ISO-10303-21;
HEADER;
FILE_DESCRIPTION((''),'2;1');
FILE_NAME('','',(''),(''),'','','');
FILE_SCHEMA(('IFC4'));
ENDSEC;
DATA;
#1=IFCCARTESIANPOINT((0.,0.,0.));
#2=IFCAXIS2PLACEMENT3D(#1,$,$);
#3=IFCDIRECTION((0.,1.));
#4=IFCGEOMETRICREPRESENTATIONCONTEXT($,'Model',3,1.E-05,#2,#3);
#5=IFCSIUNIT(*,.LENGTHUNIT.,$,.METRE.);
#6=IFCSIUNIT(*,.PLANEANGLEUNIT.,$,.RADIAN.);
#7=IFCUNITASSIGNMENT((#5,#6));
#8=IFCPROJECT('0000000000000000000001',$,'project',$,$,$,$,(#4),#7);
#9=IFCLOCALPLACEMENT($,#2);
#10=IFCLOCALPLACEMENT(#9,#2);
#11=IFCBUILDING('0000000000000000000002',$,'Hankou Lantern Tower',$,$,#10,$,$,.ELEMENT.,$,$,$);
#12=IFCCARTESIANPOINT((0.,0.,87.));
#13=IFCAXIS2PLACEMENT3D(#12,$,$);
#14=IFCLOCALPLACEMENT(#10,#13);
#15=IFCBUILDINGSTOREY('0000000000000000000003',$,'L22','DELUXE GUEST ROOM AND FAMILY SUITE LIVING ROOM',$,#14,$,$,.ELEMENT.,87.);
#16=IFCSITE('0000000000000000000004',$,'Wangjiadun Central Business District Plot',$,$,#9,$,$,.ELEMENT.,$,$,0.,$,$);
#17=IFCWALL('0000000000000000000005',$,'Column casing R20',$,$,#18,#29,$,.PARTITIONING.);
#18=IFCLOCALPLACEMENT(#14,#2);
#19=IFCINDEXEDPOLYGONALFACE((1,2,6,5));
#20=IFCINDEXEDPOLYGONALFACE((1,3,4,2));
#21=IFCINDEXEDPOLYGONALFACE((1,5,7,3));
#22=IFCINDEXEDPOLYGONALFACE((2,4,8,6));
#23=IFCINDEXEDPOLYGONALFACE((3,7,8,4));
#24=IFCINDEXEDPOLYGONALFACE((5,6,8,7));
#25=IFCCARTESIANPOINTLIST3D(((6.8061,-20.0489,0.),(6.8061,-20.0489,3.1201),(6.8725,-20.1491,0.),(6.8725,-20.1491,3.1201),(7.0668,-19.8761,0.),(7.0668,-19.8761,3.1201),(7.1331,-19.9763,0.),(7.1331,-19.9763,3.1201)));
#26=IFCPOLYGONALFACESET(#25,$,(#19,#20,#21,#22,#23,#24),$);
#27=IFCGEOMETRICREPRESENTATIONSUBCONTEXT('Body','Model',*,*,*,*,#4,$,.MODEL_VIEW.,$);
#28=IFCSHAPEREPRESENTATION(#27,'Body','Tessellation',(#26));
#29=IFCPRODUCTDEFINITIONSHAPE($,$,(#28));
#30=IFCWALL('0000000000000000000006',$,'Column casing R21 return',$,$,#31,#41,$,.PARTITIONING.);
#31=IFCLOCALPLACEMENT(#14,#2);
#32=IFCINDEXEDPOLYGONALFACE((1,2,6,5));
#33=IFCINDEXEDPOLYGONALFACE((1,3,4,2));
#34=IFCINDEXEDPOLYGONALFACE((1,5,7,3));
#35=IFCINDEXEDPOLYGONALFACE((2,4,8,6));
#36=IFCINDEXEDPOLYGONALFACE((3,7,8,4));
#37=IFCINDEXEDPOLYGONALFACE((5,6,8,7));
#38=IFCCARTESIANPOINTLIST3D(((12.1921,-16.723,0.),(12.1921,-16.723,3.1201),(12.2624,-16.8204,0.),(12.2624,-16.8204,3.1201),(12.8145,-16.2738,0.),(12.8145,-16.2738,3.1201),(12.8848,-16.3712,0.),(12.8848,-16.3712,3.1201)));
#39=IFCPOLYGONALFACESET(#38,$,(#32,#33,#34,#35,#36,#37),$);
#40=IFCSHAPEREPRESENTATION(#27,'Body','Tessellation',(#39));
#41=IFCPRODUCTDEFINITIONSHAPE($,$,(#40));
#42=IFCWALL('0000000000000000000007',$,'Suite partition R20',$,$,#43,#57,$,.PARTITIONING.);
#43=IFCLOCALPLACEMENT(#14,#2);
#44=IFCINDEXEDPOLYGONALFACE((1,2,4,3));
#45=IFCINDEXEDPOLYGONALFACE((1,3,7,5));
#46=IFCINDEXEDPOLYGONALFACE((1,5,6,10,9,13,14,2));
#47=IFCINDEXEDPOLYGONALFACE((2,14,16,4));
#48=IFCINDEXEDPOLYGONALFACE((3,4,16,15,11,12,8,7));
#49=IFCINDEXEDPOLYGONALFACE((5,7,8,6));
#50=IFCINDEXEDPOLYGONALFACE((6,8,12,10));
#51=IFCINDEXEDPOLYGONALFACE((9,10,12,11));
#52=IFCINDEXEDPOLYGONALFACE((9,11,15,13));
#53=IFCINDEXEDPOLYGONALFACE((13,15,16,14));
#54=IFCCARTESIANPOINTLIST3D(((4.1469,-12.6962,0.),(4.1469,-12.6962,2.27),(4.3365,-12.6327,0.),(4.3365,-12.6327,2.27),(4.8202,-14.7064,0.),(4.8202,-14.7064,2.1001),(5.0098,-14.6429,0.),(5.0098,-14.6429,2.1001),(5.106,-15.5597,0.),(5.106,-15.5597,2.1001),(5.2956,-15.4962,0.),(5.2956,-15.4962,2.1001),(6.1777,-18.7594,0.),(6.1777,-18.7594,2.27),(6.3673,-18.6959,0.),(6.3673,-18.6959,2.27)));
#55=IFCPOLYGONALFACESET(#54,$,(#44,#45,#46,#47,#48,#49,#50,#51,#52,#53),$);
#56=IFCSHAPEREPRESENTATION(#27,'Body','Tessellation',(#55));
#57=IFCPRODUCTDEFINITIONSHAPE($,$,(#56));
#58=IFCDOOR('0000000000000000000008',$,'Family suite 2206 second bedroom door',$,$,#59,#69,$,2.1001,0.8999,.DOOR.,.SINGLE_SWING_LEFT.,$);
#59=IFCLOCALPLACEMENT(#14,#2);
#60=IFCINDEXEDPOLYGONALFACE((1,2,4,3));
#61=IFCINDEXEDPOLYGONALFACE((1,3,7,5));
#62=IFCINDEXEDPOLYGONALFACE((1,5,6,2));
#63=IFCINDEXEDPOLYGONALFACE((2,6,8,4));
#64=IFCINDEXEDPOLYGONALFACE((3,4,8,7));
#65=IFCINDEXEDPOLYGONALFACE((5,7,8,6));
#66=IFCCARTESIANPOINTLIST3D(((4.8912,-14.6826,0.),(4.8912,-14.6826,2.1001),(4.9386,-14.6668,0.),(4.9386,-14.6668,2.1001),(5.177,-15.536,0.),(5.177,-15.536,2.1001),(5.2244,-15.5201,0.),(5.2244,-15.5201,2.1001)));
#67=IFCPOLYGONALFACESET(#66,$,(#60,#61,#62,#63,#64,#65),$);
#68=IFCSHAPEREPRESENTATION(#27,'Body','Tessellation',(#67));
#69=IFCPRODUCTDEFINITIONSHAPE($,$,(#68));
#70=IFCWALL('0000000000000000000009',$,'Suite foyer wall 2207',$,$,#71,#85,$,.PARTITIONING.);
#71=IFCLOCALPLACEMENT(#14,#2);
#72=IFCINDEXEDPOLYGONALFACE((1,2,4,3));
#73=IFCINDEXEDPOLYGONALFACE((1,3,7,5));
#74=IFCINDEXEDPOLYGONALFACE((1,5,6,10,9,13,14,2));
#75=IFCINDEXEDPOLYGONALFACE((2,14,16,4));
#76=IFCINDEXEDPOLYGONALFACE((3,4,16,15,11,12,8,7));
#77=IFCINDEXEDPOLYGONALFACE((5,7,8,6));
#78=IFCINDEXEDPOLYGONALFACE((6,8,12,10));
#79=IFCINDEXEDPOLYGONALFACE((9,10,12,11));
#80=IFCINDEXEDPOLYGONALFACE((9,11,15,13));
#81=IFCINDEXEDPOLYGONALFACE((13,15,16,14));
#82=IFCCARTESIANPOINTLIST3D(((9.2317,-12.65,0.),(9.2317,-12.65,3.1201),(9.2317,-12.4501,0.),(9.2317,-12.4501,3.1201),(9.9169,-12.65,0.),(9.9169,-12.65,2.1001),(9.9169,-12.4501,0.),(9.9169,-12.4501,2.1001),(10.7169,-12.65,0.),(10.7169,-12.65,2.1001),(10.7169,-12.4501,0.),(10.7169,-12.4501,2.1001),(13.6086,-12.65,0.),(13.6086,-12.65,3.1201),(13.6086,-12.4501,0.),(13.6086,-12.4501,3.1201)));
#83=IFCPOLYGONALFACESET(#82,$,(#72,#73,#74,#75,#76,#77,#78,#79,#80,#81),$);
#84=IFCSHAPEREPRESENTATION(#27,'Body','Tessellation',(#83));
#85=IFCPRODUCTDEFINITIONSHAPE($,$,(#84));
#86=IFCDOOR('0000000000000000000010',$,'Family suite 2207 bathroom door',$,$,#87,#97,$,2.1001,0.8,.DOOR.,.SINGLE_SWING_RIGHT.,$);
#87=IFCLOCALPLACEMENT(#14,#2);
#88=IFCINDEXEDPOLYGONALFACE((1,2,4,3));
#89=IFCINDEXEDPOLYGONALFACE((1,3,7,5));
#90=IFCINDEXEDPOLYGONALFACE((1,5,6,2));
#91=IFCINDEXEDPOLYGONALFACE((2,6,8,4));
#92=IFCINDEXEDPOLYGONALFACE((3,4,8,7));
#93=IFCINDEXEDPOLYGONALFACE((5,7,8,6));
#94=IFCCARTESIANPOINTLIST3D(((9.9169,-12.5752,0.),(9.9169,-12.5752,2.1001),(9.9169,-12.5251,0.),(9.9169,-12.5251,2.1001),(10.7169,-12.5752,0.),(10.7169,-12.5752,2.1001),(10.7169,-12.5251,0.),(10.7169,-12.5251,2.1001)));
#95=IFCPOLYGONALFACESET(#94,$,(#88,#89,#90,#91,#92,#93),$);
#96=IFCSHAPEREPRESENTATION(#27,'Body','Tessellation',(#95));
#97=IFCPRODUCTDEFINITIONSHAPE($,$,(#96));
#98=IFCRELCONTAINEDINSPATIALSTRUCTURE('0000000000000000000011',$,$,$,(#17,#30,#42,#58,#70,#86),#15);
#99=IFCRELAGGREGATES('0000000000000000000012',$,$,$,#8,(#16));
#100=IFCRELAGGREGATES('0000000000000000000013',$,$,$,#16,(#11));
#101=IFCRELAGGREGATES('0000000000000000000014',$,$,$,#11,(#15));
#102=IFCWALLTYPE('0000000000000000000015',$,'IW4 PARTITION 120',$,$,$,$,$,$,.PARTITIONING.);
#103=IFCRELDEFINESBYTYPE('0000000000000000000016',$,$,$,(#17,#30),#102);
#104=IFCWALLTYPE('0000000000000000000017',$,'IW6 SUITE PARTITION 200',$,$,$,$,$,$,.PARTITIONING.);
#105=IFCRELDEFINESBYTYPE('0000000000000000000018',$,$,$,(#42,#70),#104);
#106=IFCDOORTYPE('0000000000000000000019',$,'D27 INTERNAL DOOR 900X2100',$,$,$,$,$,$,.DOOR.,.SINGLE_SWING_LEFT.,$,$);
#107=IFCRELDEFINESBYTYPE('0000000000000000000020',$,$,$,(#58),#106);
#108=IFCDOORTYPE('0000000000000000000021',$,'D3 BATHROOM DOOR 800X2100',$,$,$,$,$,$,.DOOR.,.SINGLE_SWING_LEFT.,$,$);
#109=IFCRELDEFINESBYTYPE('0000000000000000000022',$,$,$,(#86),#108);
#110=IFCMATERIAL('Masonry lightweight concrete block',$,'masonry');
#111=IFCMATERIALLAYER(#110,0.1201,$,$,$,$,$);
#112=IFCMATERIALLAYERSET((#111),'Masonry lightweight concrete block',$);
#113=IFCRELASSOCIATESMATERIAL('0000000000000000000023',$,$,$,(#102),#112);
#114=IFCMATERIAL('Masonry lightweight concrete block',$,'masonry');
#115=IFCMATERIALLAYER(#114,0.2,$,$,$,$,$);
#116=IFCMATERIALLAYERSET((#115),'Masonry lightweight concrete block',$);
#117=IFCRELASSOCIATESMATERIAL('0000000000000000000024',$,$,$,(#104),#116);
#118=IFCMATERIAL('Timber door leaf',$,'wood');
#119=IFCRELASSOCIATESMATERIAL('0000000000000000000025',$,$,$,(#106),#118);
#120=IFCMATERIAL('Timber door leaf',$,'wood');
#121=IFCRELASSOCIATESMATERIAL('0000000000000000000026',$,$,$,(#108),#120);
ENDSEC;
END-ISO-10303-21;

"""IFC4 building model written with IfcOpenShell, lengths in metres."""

from ifc_helpers import new_model, si_unit, direction, frame, frame_2d, origin, place, context, subcontext, project, spatial, rectangle, extrude, material, layer, layer_set, type_object, element, fill, save


model = new_model("IFC4")

# Units and contexts
model_context = context("Model", 3, precision=1e-05, world=origin(), true_north=direction((0.0, 1.0)))
body_context = subcontext(model_context, "Body", "Model", "MODEL_VIEW")
ifc_project = project(units=[si_unit("LENGTHUNIT", "METRE"), si_unit("PLANEANGLEUNIT", "RADIAN")], contexts=[model_context])

# Site, building, storey
site_placement = place(None, origin())
site = spatial("IfcSite", under=ifc_project, at=site_placement, Name="Wangjiadun Central Business District Plot", CompositionType="ELEMENT", RefElevation=0.0)
building_placement = place(site_placement, origin())
building = spatial("IfcBuilding", under=site, at=building_placement, Name="Hankou Lantern Tower", CompositionType="ELEMENT")
storey_placement = place(building_placement, frame((0.0, 0.0, 87.0)))
storey = spatial("IfcBuildingStorey", under=building, at=storey_placement, Name="L22", Description="DELUXE GUEST ROOM AND FAMILY SUITE LIVING ROOM", CompositionType="ELEMENT", Elevation=87.0)

# Walls
ifc_material_1 = material(Name="Masonry lightweight concrete block", Category="masonry")
ifc_layer_1 = layer(ifc_material_1, 0.1201)
ifc_layer_set_1 = layer_set([ifc_layer_1], Name="Masonry lightweight concrete block")
wall_type_1 = type_object("IfcWallType", Name="IW4 PARTITION 120", PredefinedType="PARTITIONING", material=ifc_layer_set_1)
wall_1_placement = place(storey_placement, frame((7.0999, -19.9263, 0.0), z_axis=(0.0, 0.0, 1.0), x_axis=(-0.833488, -0.552537, 0.0)))
element("IfcWall", 1, at=wall_1_placement, inside=storey, type_object=wall_type_1, Name="Column casing R20", PredefinedType="PARTITIONING", context=body_context, shape_type="SweptSolid", body=[
    extrude(rectangle(XDim=0.3127, YDim=0.1201, at=frame_2d((0.1562, 0.0))), origin(), (0.0, 0.0, 1.0), 3.1201),
])
wall_2_placement = place(storey_placement, frame((12.2273, -16.7717, 0.0), z_axis=(0.0, 0.0, 1.0), x_axis=(0.810822, 0.585293, 0.0)))
element("IfcWall", 2, at=wall_2_placement, inside=storey, type_object=wall_type_1, Name="Column casing R21 return", PredefinedType="PARTITIONING", context=body_context, shape_type="SweptSolid", body=[
    extrude(rectangle(XDim=0.7676, YDim=0.1201, at=frame_2d((0.3838, 0.0))), origin(), (0.0, 0.0, 1.0), 3.1201),
])

# Walls, openings, doors
ifc_material_2 = material(Name="Masonry lightweight concrete block", Category="masonry")
ifc_layer_2 = layer(ifc_material_2, 0.2)
ifc_layer_set_2 = layer_set([ifc_layer_2], Name="Masonry lightweight concrete block")
wall_type_2 = type_object("IfcWallType", Name="IW6 SUITE PARTITION 200", PredefinedType="PARTITIONING", material=ifc_layer_set_2)
wall_3_placement = place(storey_placement, frame((4.2417, -12.6643, 0.0), z_axis=(0.0, 0.0, 1.0), x_axis=(0.317591, -0.948228, 0.0)))
wall_3 = element("IfcWall", 3, at=wall_3_placement, inside=storey, type_object=wall_type_2, Name="Suite partition R20", PredefinedType="PARTITIONING", context=body_context, shape_type="SweptSolid", body=[
    extrude(rectangle(XDim=6.3943, YDim=0.2, at=frame_2d((3.1973, 0.0))), origin(), (0.0, 0.0, 1.0), 2.27),
])
opening_1_placement = place(wall_3_placement, frame((2.1201, 0.0, 0.0)))
opening_1 = element("IfcOpeningElement", 4, at=opening_1_placement, cuts=wall_3, PredefinedType="OPENING", context=body_context, shape_type="SweptSolid", body=[
    extrude(rectangle(XDim=0.8999, YDim=2.1001, at=frame_2d((0.45, 1.05))), frame((0.0, 0.1099, 0.0), z_axis=(0.0, -1.0, 0.0), x_axis=(1.0, 0.0, 0.0)), (0.0, 0.0, 1.0), 0.22),
])
ifc_material_3 = material(Name="Timber door leaf", Category="wood")
door_type_1 = type_object("IfcDoorType", Name="D27 INTERNAL DOOR 900X2100", OperationType="SINGLE_SWING_LEFT", PredefinedType="DOOR", material=ifc_material_3)
door_1_placement = place(opening_1_placement, origin())
door_1 = element("IfcDoor", 5, at=door_1_placement, inside=storey, type_object=door_type_1, Name="Family suite 2206 second bedroom door", OperationType="SINGLE_SWING_LEFT", OverallHeight=2.1001, OverallWidth=0.8999, PredefinedType="DOOR", context=body_context, shape_type="SweptSolid", body=[
    extrude(rectangle(XDim=0.8999, YDim=2.1001, at=frame_2d((0.45, 1.05))), frame((0.0, 0.0249, 0.0), z_axis=(0.0, -1.0, 0.0), x_axis=(1.0, 0.0, 0.0)), (0.0, 0.0, 1.0), 0.05),
])
fill(opening_1, door_1)
wall_4_placement = place(storey_placement, frame((9.2317, -12.55, 0.0), z_axis=(0.0, 0.0, 1.0), x_axis=(1.0, 0.0, 0.0)))
wall_4 = element("IfcWall", 6, at=wall_4_placement, inside=storey, type_object=wall_type_2, Name="Suite foyer wall 2207", PredefinedType="PARTITIONING", context=body_context, shape_type="SweptSolid", body=[
    extrude(rectangle(XDim=4.377, YDim=0.2, at=frame_2d((2.1885, 0.0))), origin(), (0.0, 0.0, 1.0), 3.1201),
])
opening_2_placement = place(wall_4_placement, frame((0.6853, 0.0, 0.0)))
opening_2 = element("IfcOpeningElement", 7, at=opening_2_placement, cuts=wall_4, PredefinedType="OPENING", context=body_context, shape_type="SweptSolid", body=[
    extrude(rectangle(XDim=0.8, YDim=2.1001, at=frame_2d((0.3999, 1.05))), frame((0.0, 0.1099, 0.0), z_axis=(0.0, -1.0, 0.0), x_axis=(1.0, 0.0, 0.0)), (0.0, 0.0, 1.0), 0.22),
])
ifc_material_4 = material(Name="Timber door leaf", Category="wood")
door_type_2 = type_object("IfcDoorType", Name="D3 BATHROOM DOOR 800X2100", OperationType="SINGLE_SWING_LEFT", PredefinedType="DOOR", material=ifc_material_4)
door_2_placement = place(opening_2_placement, origin())
door_2 = element("IfcDoor", 8, at=door_2_placement, inside=storey, type_object=door_type_2, Name="Family suite 2207 bathroom door", OperationType="SINGLE_SWING_RIGHT", OverallHeight=2.1001, OverallWidth=0.8, PredefinedType="DOOR", context=body_context, shape_type="SweptSolid", body=[
    extrude(rectangle(XDim=0.8, YDim=2.1001, at=frame_2d((0.3999, 1.05))), frame((0.0, 0.0249, 0.0), z_axis=(0.0, -1.0, 0.0), x_axis=(1.0, 0.0, 0.0)), (0.0, 0.0, 1.0), 0.05),
])
fill(opening_2, door_2)

save(model, "model.ifc")
